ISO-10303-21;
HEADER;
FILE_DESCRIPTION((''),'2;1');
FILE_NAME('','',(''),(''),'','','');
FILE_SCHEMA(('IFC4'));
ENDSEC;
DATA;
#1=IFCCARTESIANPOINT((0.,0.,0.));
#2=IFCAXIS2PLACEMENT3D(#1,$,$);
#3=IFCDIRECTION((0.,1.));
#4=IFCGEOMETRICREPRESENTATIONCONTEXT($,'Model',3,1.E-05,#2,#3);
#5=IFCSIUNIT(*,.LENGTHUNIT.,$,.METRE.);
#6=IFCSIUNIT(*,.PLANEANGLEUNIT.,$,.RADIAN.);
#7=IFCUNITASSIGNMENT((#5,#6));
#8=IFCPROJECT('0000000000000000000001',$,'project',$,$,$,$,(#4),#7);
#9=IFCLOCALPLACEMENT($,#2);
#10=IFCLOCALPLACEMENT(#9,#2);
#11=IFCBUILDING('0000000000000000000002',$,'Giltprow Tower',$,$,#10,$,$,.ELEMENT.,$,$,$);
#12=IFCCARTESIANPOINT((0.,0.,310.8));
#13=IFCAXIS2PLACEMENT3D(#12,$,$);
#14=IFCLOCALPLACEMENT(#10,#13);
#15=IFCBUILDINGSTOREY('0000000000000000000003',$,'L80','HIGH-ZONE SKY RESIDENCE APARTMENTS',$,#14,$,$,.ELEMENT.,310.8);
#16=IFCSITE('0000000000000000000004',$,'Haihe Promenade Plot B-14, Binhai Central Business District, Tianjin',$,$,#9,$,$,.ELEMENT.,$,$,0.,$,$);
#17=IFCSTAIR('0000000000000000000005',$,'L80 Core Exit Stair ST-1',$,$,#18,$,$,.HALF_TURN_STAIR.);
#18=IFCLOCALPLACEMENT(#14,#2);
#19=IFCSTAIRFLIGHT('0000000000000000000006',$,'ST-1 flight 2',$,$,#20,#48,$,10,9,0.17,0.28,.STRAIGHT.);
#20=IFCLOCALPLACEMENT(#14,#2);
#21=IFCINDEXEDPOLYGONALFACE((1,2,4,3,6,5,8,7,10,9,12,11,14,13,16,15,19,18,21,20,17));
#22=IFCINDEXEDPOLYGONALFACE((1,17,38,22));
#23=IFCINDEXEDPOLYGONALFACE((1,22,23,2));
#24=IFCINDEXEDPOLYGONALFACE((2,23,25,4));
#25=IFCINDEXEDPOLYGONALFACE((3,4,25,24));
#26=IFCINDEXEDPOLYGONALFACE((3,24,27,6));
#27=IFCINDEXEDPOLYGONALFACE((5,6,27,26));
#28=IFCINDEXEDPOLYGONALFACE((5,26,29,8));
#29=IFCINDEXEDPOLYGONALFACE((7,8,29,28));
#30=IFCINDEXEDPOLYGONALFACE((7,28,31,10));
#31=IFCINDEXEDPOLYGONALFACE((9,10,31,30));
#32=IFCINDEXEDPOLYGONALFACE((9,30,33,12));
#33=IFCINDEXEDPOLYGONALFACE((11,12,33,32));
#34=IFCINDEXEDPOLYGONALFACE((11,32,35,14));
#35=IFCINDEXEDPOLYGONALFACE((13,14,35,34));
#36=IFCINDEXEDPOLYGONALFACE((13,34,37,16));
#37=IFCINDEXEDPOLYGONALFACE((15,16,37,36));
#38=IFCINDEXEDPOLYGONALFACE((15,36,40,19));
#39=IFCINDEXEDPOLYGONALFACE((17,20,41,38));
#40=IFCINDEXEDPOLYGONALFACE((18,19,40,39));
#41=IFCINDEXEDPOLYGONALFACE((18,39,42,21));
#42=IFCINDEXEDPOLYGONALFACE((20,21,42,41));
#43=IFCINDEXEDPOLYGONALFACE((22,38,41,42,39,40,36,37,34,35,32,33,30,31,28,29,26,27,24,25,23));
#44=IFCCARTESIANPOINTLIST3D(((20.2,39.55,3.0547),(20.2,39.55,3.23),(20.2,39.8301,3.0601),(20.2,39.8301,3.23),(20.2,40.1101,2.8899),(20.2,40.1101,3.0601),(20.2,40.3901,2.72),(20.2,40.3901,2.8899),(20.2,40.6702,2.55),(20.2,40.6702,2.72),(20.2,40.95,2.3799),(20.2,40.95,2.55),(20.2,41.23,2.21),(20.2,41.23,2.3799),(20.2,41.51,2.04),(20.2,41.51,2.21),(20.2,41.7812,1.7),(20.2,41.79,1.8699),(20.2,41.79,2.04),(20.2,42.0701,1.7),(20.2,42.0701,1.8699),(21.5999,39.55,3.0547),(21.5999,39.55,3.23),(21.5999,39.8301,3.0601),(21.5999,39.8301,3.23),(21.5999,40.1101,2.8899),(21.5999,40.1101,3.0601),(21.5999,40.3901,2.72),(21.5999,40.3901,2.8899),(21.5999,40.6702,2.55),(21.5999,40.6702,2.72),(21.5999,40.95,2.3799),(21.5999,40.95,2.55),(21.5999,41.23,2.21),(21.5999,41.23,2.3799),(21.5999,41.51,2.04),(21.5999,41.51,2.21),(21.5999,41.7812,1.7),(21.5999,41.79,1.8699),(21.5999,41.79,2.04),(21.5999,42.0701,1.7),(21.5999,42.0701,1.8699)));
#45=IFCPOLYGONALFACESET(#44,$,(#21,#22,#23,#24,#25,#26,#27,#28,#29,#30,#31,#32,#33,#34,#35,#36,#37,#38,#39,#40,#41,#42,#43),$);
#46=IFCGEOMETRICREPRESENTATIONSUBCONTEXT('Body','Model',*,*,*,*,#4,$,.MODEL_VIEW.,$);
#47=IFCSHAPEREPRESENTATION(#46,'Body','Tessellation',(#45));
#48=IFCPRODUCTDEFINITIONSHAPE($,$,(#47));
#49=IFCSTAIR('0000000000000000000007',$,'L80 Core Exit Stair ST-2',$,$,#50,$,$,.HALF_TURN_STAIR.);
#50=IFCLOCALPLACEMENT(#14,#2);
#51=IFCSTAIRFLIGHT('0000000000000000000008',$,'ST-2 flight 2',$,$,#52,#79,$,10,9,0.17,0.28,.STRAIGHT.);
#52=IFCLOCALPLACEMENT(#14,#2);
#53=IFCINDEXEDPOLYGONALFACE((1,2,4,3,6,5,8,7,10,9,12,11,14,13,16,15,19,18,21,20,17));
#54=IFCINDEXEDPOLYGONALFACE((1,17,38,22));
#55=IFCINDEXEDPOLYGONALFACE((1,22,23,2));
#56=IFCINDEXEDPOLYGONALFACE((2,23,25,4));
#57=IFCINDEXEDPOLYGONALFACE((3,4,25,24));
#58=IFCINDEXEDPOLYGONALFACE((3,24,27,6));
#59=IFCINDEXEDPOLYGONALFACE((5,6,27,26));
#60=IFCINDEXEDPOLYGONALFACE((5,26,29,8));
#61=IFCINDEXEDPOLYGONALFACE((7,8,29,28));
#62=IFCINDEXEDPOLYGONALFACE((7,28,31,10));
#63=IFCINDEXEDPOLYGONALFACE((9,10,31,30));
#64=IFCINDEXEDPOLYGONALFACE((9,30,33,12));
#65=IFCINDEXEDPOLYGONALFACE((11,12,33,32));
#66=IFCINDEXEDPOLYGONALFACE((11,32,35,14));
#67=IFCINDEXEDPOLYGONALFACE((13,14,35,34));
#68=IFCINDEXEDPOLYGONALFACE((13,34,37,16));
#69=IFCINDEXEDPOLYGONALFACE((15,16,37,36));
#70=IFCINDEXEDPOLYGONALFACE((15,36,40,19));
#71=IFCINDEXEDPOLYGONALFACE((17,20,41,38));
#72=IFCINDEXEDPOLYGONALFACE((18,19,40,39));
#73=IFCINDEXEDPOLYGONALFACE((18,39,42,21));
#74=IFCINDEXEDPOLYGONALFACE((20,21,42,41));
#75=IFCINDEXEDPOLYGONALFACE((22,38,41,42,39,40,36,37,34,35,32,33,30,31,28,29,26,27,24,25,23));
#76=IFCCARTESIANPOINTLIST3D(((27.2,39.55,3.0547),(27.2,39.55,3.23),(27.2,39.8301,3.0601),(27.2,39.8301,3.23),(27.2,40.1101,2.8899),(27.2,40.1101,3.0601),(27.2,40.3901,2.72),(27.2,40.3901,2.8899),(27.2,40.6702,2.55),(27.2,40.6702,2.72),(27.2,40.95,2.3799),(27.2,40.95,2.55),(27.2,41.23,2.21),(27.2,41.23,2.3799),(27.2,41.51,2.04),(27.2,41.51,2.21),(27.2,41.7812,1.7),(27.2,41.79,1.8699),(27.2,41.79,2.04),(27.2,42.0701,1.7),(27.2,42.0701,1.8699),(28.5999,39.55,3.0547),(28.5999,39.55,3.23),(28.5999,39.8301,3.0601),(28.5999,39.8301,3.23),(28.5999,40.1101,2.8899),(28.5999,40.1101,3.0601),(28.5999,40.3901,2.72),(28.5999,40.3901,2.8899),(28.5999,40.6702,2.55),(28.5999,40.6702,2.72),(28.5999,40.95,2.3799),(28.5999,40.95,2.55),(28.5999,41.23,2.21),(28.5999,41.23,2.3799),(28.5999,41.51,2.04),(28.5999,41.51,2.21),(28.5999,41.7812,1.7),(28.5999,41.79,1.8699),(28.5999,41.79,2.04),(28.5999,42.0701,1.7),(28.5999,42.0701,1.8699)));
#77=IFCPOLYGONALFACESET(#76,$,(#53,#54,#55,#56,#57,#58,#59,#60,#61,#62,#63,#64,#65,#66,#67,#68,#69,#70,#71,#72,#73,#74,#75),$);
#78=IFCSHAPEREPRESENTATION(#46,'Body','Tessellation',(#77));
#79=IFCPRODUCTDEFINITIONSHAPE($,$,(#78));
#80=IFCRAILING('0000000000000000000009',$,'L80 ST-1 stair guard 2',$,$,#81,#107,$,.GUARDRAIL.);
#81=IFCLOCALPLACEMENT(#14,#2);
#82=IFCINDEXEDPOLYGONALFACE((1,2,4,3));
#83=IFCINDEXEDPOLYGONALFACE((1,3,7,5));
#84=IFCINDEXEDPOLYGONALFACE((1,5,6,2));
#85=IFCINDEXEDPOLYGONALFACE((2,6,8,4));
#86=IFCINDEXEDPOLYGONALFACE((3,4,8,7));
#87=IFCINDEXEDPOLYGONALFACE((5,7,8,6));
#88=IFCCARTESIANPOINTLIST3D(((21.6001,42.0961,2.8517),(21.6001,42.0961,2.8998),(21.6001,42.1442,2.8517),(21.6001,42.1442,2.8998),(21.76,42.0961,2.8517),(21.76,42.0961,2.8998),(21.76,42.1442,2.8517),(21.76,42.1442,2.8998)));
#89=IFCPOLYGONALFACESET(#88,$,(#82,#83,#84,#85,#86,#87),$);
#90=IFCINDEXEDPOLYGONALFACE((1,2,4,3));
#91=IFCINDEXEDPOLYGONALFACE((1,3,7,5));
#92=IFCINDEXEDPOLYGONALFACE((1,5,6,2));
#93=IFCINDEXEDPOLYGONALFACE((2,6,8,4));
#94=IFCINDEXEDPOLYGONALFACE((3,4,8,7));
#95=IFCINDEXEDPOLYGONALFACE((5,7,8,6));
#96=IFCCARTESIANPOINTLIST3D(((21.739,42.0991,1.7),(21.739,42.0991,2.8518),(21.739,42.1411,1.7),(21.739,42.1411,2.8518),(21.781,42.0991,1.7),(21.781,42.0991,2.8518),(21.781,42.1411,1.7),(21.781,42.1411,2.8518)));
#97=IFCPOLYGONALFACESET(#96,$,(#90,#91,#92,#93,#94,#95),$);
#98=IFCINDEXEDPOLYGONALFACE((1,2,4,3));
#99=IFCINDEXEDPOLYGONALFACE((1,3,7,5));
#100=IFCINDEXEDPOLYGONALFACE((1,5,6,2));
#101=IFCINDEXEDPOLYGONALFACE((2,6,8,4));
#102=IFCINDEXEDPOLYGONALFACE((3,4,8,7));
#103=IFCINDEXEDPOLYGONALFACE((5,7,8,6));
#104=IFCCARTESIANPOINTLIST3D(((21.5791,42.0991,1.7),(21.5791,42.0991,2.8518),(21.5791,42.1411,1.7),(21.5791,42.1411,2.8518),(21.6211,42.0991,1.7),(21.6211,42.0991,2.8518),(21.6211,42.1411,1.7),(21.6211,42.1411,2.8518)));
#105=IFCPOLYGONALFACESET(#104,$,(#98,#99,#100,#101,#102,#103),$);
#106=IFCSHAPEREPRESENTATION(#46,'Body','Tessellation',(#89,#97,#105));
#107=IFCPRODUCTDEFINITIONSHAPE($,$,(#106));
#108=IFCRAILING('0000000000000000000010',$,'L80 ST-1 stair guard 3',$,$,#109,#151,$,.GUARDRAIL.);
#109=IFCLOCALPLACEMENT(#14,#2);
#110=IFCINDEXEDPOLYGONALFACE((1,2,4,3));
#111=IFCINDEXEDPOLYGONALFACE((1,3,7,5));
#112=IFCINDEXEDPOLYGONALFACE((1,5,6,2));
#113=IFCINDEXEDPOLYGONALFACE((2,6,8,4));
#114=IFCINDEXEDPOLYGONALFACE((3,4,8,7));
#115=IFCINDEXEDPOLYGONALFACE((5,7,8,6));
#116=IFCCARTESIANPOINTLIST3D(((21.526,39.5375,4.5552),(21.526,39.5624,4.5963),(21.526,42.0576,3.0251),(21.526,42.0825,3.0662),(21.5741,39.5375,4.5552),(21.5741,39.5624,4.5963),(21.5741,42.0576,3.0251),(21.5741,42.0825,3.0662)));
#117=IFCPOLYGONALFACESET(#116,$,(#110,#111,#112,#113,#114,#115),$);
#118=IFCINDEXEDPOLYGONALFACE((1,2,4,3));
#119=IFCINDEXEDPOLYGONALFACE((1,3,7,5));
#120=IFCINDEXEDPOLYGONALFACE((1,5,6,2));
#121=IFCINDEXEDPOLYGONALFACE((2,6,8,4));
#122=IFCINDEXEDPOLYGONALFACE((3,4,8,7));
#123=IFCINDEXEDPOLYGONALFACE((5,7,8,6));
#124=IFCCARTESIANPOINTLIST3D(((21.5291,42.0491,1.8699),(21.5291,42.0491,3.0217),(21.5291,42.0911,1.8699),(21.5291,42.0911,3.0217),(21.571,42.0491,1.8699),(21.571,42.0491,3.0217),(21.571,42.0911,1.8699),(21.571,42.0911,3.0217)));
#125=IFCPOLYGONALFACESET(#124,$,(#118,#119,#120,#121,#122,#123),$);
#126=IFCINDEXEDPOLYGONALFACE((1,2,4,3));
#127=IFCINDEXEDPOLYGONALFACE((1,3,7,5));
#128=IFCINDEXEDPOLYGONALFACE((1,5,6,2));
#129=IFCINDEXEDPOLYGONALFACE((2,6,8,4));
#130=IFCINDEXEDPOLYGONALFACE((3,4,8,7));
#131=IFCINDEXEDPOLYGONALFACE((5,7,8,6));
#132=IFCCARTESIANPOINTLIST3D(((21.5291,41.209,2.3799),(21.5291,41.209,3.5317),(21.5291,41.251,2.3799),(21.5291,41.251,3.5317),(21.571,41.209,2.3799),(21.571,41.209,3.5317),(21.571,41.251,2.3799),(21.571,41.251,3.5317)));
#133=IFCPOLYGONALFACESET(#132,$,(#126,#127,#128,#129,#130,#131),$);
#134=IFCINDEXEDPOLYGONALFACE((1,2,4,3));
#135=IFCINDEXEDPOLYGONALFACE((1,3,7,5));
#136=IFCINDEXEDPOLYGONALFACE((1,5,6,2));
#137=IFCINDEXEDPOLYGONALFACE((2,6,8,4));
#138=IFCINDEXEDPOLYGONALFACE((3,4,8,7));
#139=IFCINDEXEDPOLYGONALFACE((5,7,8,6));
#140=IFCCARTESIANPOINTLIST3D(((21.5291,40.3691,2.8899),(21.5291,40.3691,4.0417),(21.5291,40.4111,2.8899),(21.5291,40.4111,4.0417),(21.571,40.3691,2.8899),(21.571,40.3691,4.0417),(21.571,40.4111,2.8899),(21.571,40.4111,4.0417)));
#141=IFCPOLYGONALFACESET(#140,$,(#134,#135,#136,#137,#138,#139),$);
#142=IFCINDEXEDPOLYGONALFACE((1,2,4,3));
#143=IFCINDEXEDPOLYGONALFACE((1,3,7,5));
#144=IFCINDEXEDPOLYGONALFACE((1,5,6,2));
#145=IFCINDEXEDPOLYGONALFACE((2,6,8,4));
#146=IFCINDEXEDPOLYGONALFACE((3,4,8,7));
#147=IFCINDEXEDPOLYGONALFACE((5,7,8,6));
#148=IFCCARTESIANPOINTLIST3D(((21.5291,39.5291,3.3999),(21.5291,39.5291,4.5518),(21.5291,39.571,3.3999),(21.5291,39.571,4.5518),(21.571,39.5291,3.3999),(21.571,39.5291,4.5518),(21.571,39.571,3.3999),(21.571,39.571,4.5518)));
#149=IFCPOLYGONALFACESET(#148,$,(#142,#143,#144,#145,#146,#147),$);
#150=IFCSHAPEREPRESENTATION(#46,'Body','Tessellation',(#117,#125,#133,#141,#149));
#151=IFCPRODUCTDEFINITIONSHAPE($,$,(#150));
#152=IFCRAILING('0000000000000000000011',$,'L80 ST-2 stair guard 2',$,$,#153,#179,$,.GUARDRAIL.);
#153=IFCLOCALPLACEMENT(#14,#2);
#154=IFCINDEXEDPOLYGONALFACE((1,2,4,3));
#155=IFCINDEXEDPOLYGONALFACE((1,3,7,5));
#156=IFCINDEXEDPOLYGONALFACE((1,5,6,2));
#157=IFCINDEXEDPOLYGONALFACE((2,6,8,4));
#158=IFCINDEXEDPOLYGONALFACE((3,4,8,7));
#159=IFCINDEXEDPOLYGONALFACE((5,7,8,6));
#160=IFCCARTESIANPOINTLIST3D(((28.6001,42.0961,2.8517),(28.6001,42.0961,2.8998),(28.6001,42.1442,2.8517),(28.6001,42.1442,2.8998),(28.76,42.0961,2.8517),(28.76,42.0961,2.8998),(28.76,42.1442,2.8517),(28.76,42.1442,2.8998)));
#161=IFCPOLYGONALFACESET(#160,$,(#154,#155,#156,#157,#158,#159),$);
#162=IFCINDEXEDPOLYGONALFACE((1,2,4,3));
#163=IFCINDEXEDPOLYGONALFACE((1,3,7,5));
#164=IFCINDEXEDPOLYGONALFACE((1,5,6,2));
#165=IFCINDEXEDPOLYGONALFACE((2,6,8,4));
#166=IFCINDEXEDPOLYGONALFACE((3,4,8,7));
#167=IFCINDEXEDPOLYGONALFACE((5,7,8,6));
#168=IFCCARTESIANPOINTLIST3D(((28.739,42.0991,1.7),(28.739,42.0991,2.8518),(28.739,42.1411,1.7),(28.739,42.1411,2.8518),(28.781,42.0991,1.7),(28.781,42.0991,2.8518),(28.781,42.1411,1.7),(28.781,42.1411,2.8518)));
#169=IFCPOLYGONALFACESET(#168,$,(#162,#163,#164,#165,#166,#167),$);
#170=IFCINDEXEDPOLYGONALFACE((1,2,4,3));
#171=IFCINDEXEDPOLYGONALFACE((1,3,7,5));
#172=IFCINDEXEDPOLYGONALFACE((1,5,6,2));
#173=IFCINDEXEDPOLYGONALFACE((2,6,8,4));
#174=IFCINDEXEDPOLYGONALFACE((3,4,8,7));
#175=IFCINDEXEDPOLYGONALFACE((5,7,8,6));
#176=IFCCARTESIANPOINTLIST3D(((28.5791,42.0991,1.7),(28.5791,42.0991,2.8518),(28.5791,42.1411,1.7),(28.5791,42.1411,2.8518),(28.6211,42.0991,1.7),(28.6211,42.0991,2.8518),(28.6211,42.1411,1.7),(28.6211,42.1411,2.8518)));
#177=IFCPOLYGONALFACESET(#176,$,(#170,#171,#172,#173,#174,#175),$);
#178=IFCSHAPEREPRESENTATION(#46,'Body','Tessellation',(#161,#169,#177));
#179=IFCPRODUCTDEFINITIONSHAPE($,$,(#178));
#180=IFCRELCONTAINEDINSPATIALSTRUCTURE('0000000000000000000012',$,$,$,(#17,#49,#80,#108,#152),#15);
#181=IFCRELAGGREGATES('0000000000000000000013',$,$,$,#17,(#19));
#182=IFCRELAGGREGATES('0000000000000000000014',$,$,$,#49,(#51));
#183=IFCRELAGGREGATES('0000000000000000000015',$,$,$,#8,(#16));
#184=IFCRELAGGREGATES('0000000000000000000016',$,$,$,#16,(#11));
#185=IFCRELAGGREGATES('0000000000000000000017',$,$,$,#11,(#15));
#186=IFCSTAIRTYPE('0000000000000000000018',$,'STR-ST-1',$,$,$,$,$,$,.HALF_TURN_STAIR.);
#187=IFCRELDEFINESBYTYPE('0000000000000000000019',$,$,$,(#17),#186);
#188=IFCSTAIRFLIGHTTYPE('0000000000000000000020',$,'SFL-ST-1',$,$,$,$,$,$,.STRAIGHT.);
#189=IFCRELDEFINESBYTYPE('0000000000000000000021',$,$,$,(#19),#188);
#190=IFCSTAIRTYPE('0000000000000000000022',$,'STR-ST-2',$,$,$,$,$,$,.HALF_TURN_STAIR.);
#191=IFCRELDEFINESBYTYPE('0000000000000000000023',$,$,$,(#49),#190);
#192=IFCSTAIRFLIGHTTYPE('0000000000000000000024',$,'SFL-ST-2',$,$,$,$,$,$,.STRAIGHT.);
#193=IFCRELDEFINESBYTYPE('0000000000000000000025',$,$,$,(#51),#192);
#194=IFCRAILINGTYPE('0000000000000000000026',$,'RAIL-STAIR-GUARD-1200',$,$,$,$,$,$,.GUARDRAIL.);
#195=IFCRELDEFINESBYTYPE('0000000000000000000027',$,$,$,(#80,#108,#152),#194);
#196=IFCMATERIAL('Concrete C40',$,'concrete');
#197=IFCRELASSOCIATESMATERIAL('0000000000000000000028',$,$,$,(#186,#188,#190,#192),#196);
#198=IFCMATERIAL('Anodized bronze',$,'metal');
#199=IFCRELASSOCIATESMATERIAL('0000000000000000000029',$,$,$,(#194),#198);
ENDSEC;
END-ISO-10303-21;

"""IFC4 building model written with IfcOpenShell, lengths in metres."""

from ifc_helpers import new_model, si_unit, direction, frame, origin, origin_2d, place, context, subcontext, project, spatial, polyline, rectangle, outline, extrude, material, type_object, element, aggregate, save


model = new_model("IFC4")

# Units and contexts
model_context = context("Model", 3, precision=1e-05, world=origin(), true_north=direction((0.0, 1.0)))
body_context = subcontext(model_context, "Body", "Model", "MODEL_VIEW")
ifc_project = project(units=[si_unit("LENGTHUNIT", "METRE"), si_unit("PLANEANGLEUNIT", "RADIAN")], contexts=[model_context])

# Site, building, storey
site_placement = place(None, origin())
site = spatial("IfcSite", under=ifc_project, at=site_placement, Name="Haihe Promenade Plot B-14, Binhai Central Business District, Tianjin", CompositionType="ELEMENT", RefElevation=0.0)
building_placement = place(site_placement, origin())
building = spatial("IfcBuilding", under=site, at=building_placement, Name="Giltprow Tower", CompositionType="ELEMENT")
storey_placement = place(building_placement, frame((0.0, 0.0, 310.8)))
storey = spatial("IfcBuildingStorey", under=building, at=storey_placement, Name="L80", Description="HIGH-ZONE SKY RESIDENCE APARTMENTS", CompositionType="ELEMENT", Elevation=310.8)

# Shared definitions
ifc_material_1 = material(Name="Concrete C40", Category="concrete")

# Stairs, stair flights
stair_type_1 = type_object("IfcStairType", Name="STR-ST-1", PredefinedType="HALF_TURN_STAIR", material=ifc_material_1)
stair_1_placement = place(storey_placement, origin())
stair_1 = element("IfcStair", 1, at=stair_1_placement, inside=storey, type_object=stair_type_1, Name="L80 Core Exit Stair ST-1", PredefinedType="HALF_TURN_STAIR")
stair_flight_type_1 = type_object("IfcStairFlightType", Name="SFL-ST-1", PredefinedType="STRAIGHT", material=ifc_material_1)
stair_flight_1_placement = place(storey_placement, frame((20.8999, 42.0701, 1.7), z_axis=(0.0, 0.0, 1.0), x_axis=(0.0, -1.0, 0.0)))
stair_flight_1 = element("IfcStairFlight", 2, at=stair_flight_1_placement, type_object=stair_flight_type_1, Name="ST-1 flight 2", NumberOfRisers=10, NumberOfTreads=9, PredefinedType="STRAIGHT", RiserHeight=0.17, TreadLength=0.28, context=body_context, shape_type="SweptSolid", body=[
    extrude(outline(polyline([(0.0, 0.0), (0.0, 0.1699), (0.28, 0.1699), (0.28, 0.3401), (0.5601, 0.3401), (0.5601, 0.51), (0.8401, 0.51), (0.8401, 0.6799), (1.1201, 0.6799), (1.1201, 0.8501), (1.3999, 0.8501), (1.3999, 1.02), (1.6799, 1.02), (1.6799, 1.1899), (1.96, 1.1899), (1.96, 1.3601), (2.24, 1.3601), (2.24, 1.53), (2.52, 1.53), (2.52, 1.7), (2.52, 1.3547), (0.2888, 0.0), (0.0, 0.0)])), frame((0.0, 0.7, 0.0), z_axis=(0.0, -1.0, 0.0), x_axis=(1.0, 0.0, 0.0)), (0.0, 0.0, 1.0), 1.3999),
])
aggregate(stair_1, [stair_flight_1])
stair_type_2 = type_object("IfcStairType", Name="STR-ST-2", PredefinedType="HALF_TURN_STAIR", material=ifc_material_1)
stair_2_placement = place(storey_placement, origin())
stair_2 = element("IfcStair", 3, at=stair_2_placement, inside=storey, type_object=stair_type_2, Name="L80 Core Exit Stair ST-2", PredefinedType="HALF_TURN_STAIR")
stair_flight_type_2 = type_object("IfcStairFlightType", Name="SFL-ST-2", PredefinedType="STRAIGHT", material=ifc_material_1)
stair_flight_2_placement = place(storey_placement, frame((27.8999, 42.0701, 1.7), z_axis=(0.0, 0.0, 1.0), x_axis=(0.0, -1.0, 0.0)))
stair_flight_2 = element("IfcStairFlight", 4, at=stair_flight_2_placement, type_object=stair_flight_type_2, Name="ST-2 flight 2", NumberOfRisers=10, NumberOfTreads=9, PredefinedType="STRAIGHT", RiserHeight=0.17, TreadLength=0.28, context=body_context, shape_type="SweptSolid", body=[
    extrude(outline(polyline([(0.0, 0.0), (0.0, 0.1699), (0.28, 0.1699), (0.28, 0.3401), (0.5601, 0.3401), (0.5601, 0.51), (0.8401, 0.51), (0.8401, 0.6799), (1.1201, 0.6799), (1.1201, 0.8501), (1.3999, 0.8501), (1.3999, 1.02), (1.6799, 1.02), (1.6799, 1.1899), (1.96, 1.1899), (1.96, 1.3601), (2.24, 1.3601), (2.24, 1.53), (2.52, 1.53), (2.52, 1.7), (2.52, 1.3547), (0.2888, 0.0), (0.0, 0.0)])), frame((0.0, 0.7, 0.0), z_axis=(0.0, -1.0, 0.0), x_axis=(1.0, 0.0, 0.0)), (0.0, 0.0, 1.0), 1.3999),
])
aggregate(stair_2, [stair_flight_2])

# Railings
ifc_material_2 = material(Name="Anodized bronze", Category="metal")
railing_type_1 = type_object("IfcRailingType", Name="RAIL-STAIR-GUARD-1200", PredefinedType="GUARDRAIL", material=ifc_material_2)
railing_1_placement = place(storey_placement, frame((21.76, 42.1201, 1.7)))
element("IfcRailing", 5, at=railing_1_placement, inside=storey, type_object=railing_type_1, Name="L80 ST-1 stair guard 2", PredefinedType="GUARDRAIL", context=body_context, shape_type="SweptSolid", body=[
    extrude(rectangle(XDim=0.0481, YDim=0.0481, at=origin_2d()), frame((0.0, 0.0, 1.1758), z_axis=(-1.0, 0.0, 0.0), x_axis=(0.0, -1.0, 0.0)), (0.0, 0.0, 1.0), 0.1599),
    extrude(rectangle(XDim=0.042, YDim=0.042, at=origin_2d()), origin(), (0.0, 0.0, 1.0), 1.1519),
    extrude(rectangle(XDim=0.042, YDim=0.042, at=origin_2d()), frame((-0.1599, 0.0, 0.0)), (0.0, 0.0, 1.0), 1.1519),
])
railing_2_placement = place(storey_placement, frame((21.55, 42.0701, 1.8699)))
element("IfcRailing", 6, at=railing_2_placement, inside=storey, type_object=railing_type_1, Name="L80 ST-1 stair guard 3", PredefinedType="GUARDRAIL", context=body_context, shape_type="SweptSolid", body=[
    extrude(rectangle(XDim=0.0481, YDim=0.0481, at=origin_2d()), frame((0.0, 0.0, 1.1758), z_axis=(0.0, -0.854785, 0.518982), x_axis=(1.0, 0.0, 0.0)), (0.0, 0.0, 1.0), 2.9482),
    extrude(rectangle(XDim=0.042, YDim=0.042, at=origin_2d()), origin(), (0.0, 0.0, 1.0), 1.1519),
    extrude(rectangle(XDim=0.042, YDim=0.042, at=origin_2d()), frame((0.0, -0.8401, 0.51)), (0.0, 0.0, 1.0), 1.1519),
    extrude(rectangle(XDim=0.042, YDim=0.042, at=origin_2d()), frame((0.0, -1.6799, 1.02)), (0.0, 0.0, 1.0), 1.1519),
    extrude(rectangle(XDim=0.042, YDim=0.042, at=origin_2d()), frame((0.0, -2.52, 1.53)), (0.0, 0.0, 1.0), 1.1519),
])
railing_3_placement = place(storey_placement, frame((28.76, 42.1201, 1.7)))
element("IfcRailing", 7, at=railing_3_placement, inside=storey, type_object=railing_type_1, Name="L80 ST-2 stair guard 2", PredefinedType="GUARDRAIL", context=body_context, shape_type="SweptSolid", body=[
    extrude(rectangle(XDim=0.0481, YDim=0.0481, at=origin_2d()), frame((0.0, 0.0, 1.1758), z_axis=(-1.0, 0.0, 0.0), x_axis=(0.0, -1.0, 0.0)), (0.0, 0.0, 1.0), 0.1599),
    extrude(rectangle(XDim=0.042, YDim=0.042, at=origin_2d()), origin(), (0.0, 0.0, 1.0), 1.1519),
    extrude(rectangle(XDim=0.042, YDim=0.042, at=origin_2d()), frame((-0.1599, 0.0, 0.0)), (0.0, 0.0, 1.0), 1.1519),
])

save(model, "model.ifc")
